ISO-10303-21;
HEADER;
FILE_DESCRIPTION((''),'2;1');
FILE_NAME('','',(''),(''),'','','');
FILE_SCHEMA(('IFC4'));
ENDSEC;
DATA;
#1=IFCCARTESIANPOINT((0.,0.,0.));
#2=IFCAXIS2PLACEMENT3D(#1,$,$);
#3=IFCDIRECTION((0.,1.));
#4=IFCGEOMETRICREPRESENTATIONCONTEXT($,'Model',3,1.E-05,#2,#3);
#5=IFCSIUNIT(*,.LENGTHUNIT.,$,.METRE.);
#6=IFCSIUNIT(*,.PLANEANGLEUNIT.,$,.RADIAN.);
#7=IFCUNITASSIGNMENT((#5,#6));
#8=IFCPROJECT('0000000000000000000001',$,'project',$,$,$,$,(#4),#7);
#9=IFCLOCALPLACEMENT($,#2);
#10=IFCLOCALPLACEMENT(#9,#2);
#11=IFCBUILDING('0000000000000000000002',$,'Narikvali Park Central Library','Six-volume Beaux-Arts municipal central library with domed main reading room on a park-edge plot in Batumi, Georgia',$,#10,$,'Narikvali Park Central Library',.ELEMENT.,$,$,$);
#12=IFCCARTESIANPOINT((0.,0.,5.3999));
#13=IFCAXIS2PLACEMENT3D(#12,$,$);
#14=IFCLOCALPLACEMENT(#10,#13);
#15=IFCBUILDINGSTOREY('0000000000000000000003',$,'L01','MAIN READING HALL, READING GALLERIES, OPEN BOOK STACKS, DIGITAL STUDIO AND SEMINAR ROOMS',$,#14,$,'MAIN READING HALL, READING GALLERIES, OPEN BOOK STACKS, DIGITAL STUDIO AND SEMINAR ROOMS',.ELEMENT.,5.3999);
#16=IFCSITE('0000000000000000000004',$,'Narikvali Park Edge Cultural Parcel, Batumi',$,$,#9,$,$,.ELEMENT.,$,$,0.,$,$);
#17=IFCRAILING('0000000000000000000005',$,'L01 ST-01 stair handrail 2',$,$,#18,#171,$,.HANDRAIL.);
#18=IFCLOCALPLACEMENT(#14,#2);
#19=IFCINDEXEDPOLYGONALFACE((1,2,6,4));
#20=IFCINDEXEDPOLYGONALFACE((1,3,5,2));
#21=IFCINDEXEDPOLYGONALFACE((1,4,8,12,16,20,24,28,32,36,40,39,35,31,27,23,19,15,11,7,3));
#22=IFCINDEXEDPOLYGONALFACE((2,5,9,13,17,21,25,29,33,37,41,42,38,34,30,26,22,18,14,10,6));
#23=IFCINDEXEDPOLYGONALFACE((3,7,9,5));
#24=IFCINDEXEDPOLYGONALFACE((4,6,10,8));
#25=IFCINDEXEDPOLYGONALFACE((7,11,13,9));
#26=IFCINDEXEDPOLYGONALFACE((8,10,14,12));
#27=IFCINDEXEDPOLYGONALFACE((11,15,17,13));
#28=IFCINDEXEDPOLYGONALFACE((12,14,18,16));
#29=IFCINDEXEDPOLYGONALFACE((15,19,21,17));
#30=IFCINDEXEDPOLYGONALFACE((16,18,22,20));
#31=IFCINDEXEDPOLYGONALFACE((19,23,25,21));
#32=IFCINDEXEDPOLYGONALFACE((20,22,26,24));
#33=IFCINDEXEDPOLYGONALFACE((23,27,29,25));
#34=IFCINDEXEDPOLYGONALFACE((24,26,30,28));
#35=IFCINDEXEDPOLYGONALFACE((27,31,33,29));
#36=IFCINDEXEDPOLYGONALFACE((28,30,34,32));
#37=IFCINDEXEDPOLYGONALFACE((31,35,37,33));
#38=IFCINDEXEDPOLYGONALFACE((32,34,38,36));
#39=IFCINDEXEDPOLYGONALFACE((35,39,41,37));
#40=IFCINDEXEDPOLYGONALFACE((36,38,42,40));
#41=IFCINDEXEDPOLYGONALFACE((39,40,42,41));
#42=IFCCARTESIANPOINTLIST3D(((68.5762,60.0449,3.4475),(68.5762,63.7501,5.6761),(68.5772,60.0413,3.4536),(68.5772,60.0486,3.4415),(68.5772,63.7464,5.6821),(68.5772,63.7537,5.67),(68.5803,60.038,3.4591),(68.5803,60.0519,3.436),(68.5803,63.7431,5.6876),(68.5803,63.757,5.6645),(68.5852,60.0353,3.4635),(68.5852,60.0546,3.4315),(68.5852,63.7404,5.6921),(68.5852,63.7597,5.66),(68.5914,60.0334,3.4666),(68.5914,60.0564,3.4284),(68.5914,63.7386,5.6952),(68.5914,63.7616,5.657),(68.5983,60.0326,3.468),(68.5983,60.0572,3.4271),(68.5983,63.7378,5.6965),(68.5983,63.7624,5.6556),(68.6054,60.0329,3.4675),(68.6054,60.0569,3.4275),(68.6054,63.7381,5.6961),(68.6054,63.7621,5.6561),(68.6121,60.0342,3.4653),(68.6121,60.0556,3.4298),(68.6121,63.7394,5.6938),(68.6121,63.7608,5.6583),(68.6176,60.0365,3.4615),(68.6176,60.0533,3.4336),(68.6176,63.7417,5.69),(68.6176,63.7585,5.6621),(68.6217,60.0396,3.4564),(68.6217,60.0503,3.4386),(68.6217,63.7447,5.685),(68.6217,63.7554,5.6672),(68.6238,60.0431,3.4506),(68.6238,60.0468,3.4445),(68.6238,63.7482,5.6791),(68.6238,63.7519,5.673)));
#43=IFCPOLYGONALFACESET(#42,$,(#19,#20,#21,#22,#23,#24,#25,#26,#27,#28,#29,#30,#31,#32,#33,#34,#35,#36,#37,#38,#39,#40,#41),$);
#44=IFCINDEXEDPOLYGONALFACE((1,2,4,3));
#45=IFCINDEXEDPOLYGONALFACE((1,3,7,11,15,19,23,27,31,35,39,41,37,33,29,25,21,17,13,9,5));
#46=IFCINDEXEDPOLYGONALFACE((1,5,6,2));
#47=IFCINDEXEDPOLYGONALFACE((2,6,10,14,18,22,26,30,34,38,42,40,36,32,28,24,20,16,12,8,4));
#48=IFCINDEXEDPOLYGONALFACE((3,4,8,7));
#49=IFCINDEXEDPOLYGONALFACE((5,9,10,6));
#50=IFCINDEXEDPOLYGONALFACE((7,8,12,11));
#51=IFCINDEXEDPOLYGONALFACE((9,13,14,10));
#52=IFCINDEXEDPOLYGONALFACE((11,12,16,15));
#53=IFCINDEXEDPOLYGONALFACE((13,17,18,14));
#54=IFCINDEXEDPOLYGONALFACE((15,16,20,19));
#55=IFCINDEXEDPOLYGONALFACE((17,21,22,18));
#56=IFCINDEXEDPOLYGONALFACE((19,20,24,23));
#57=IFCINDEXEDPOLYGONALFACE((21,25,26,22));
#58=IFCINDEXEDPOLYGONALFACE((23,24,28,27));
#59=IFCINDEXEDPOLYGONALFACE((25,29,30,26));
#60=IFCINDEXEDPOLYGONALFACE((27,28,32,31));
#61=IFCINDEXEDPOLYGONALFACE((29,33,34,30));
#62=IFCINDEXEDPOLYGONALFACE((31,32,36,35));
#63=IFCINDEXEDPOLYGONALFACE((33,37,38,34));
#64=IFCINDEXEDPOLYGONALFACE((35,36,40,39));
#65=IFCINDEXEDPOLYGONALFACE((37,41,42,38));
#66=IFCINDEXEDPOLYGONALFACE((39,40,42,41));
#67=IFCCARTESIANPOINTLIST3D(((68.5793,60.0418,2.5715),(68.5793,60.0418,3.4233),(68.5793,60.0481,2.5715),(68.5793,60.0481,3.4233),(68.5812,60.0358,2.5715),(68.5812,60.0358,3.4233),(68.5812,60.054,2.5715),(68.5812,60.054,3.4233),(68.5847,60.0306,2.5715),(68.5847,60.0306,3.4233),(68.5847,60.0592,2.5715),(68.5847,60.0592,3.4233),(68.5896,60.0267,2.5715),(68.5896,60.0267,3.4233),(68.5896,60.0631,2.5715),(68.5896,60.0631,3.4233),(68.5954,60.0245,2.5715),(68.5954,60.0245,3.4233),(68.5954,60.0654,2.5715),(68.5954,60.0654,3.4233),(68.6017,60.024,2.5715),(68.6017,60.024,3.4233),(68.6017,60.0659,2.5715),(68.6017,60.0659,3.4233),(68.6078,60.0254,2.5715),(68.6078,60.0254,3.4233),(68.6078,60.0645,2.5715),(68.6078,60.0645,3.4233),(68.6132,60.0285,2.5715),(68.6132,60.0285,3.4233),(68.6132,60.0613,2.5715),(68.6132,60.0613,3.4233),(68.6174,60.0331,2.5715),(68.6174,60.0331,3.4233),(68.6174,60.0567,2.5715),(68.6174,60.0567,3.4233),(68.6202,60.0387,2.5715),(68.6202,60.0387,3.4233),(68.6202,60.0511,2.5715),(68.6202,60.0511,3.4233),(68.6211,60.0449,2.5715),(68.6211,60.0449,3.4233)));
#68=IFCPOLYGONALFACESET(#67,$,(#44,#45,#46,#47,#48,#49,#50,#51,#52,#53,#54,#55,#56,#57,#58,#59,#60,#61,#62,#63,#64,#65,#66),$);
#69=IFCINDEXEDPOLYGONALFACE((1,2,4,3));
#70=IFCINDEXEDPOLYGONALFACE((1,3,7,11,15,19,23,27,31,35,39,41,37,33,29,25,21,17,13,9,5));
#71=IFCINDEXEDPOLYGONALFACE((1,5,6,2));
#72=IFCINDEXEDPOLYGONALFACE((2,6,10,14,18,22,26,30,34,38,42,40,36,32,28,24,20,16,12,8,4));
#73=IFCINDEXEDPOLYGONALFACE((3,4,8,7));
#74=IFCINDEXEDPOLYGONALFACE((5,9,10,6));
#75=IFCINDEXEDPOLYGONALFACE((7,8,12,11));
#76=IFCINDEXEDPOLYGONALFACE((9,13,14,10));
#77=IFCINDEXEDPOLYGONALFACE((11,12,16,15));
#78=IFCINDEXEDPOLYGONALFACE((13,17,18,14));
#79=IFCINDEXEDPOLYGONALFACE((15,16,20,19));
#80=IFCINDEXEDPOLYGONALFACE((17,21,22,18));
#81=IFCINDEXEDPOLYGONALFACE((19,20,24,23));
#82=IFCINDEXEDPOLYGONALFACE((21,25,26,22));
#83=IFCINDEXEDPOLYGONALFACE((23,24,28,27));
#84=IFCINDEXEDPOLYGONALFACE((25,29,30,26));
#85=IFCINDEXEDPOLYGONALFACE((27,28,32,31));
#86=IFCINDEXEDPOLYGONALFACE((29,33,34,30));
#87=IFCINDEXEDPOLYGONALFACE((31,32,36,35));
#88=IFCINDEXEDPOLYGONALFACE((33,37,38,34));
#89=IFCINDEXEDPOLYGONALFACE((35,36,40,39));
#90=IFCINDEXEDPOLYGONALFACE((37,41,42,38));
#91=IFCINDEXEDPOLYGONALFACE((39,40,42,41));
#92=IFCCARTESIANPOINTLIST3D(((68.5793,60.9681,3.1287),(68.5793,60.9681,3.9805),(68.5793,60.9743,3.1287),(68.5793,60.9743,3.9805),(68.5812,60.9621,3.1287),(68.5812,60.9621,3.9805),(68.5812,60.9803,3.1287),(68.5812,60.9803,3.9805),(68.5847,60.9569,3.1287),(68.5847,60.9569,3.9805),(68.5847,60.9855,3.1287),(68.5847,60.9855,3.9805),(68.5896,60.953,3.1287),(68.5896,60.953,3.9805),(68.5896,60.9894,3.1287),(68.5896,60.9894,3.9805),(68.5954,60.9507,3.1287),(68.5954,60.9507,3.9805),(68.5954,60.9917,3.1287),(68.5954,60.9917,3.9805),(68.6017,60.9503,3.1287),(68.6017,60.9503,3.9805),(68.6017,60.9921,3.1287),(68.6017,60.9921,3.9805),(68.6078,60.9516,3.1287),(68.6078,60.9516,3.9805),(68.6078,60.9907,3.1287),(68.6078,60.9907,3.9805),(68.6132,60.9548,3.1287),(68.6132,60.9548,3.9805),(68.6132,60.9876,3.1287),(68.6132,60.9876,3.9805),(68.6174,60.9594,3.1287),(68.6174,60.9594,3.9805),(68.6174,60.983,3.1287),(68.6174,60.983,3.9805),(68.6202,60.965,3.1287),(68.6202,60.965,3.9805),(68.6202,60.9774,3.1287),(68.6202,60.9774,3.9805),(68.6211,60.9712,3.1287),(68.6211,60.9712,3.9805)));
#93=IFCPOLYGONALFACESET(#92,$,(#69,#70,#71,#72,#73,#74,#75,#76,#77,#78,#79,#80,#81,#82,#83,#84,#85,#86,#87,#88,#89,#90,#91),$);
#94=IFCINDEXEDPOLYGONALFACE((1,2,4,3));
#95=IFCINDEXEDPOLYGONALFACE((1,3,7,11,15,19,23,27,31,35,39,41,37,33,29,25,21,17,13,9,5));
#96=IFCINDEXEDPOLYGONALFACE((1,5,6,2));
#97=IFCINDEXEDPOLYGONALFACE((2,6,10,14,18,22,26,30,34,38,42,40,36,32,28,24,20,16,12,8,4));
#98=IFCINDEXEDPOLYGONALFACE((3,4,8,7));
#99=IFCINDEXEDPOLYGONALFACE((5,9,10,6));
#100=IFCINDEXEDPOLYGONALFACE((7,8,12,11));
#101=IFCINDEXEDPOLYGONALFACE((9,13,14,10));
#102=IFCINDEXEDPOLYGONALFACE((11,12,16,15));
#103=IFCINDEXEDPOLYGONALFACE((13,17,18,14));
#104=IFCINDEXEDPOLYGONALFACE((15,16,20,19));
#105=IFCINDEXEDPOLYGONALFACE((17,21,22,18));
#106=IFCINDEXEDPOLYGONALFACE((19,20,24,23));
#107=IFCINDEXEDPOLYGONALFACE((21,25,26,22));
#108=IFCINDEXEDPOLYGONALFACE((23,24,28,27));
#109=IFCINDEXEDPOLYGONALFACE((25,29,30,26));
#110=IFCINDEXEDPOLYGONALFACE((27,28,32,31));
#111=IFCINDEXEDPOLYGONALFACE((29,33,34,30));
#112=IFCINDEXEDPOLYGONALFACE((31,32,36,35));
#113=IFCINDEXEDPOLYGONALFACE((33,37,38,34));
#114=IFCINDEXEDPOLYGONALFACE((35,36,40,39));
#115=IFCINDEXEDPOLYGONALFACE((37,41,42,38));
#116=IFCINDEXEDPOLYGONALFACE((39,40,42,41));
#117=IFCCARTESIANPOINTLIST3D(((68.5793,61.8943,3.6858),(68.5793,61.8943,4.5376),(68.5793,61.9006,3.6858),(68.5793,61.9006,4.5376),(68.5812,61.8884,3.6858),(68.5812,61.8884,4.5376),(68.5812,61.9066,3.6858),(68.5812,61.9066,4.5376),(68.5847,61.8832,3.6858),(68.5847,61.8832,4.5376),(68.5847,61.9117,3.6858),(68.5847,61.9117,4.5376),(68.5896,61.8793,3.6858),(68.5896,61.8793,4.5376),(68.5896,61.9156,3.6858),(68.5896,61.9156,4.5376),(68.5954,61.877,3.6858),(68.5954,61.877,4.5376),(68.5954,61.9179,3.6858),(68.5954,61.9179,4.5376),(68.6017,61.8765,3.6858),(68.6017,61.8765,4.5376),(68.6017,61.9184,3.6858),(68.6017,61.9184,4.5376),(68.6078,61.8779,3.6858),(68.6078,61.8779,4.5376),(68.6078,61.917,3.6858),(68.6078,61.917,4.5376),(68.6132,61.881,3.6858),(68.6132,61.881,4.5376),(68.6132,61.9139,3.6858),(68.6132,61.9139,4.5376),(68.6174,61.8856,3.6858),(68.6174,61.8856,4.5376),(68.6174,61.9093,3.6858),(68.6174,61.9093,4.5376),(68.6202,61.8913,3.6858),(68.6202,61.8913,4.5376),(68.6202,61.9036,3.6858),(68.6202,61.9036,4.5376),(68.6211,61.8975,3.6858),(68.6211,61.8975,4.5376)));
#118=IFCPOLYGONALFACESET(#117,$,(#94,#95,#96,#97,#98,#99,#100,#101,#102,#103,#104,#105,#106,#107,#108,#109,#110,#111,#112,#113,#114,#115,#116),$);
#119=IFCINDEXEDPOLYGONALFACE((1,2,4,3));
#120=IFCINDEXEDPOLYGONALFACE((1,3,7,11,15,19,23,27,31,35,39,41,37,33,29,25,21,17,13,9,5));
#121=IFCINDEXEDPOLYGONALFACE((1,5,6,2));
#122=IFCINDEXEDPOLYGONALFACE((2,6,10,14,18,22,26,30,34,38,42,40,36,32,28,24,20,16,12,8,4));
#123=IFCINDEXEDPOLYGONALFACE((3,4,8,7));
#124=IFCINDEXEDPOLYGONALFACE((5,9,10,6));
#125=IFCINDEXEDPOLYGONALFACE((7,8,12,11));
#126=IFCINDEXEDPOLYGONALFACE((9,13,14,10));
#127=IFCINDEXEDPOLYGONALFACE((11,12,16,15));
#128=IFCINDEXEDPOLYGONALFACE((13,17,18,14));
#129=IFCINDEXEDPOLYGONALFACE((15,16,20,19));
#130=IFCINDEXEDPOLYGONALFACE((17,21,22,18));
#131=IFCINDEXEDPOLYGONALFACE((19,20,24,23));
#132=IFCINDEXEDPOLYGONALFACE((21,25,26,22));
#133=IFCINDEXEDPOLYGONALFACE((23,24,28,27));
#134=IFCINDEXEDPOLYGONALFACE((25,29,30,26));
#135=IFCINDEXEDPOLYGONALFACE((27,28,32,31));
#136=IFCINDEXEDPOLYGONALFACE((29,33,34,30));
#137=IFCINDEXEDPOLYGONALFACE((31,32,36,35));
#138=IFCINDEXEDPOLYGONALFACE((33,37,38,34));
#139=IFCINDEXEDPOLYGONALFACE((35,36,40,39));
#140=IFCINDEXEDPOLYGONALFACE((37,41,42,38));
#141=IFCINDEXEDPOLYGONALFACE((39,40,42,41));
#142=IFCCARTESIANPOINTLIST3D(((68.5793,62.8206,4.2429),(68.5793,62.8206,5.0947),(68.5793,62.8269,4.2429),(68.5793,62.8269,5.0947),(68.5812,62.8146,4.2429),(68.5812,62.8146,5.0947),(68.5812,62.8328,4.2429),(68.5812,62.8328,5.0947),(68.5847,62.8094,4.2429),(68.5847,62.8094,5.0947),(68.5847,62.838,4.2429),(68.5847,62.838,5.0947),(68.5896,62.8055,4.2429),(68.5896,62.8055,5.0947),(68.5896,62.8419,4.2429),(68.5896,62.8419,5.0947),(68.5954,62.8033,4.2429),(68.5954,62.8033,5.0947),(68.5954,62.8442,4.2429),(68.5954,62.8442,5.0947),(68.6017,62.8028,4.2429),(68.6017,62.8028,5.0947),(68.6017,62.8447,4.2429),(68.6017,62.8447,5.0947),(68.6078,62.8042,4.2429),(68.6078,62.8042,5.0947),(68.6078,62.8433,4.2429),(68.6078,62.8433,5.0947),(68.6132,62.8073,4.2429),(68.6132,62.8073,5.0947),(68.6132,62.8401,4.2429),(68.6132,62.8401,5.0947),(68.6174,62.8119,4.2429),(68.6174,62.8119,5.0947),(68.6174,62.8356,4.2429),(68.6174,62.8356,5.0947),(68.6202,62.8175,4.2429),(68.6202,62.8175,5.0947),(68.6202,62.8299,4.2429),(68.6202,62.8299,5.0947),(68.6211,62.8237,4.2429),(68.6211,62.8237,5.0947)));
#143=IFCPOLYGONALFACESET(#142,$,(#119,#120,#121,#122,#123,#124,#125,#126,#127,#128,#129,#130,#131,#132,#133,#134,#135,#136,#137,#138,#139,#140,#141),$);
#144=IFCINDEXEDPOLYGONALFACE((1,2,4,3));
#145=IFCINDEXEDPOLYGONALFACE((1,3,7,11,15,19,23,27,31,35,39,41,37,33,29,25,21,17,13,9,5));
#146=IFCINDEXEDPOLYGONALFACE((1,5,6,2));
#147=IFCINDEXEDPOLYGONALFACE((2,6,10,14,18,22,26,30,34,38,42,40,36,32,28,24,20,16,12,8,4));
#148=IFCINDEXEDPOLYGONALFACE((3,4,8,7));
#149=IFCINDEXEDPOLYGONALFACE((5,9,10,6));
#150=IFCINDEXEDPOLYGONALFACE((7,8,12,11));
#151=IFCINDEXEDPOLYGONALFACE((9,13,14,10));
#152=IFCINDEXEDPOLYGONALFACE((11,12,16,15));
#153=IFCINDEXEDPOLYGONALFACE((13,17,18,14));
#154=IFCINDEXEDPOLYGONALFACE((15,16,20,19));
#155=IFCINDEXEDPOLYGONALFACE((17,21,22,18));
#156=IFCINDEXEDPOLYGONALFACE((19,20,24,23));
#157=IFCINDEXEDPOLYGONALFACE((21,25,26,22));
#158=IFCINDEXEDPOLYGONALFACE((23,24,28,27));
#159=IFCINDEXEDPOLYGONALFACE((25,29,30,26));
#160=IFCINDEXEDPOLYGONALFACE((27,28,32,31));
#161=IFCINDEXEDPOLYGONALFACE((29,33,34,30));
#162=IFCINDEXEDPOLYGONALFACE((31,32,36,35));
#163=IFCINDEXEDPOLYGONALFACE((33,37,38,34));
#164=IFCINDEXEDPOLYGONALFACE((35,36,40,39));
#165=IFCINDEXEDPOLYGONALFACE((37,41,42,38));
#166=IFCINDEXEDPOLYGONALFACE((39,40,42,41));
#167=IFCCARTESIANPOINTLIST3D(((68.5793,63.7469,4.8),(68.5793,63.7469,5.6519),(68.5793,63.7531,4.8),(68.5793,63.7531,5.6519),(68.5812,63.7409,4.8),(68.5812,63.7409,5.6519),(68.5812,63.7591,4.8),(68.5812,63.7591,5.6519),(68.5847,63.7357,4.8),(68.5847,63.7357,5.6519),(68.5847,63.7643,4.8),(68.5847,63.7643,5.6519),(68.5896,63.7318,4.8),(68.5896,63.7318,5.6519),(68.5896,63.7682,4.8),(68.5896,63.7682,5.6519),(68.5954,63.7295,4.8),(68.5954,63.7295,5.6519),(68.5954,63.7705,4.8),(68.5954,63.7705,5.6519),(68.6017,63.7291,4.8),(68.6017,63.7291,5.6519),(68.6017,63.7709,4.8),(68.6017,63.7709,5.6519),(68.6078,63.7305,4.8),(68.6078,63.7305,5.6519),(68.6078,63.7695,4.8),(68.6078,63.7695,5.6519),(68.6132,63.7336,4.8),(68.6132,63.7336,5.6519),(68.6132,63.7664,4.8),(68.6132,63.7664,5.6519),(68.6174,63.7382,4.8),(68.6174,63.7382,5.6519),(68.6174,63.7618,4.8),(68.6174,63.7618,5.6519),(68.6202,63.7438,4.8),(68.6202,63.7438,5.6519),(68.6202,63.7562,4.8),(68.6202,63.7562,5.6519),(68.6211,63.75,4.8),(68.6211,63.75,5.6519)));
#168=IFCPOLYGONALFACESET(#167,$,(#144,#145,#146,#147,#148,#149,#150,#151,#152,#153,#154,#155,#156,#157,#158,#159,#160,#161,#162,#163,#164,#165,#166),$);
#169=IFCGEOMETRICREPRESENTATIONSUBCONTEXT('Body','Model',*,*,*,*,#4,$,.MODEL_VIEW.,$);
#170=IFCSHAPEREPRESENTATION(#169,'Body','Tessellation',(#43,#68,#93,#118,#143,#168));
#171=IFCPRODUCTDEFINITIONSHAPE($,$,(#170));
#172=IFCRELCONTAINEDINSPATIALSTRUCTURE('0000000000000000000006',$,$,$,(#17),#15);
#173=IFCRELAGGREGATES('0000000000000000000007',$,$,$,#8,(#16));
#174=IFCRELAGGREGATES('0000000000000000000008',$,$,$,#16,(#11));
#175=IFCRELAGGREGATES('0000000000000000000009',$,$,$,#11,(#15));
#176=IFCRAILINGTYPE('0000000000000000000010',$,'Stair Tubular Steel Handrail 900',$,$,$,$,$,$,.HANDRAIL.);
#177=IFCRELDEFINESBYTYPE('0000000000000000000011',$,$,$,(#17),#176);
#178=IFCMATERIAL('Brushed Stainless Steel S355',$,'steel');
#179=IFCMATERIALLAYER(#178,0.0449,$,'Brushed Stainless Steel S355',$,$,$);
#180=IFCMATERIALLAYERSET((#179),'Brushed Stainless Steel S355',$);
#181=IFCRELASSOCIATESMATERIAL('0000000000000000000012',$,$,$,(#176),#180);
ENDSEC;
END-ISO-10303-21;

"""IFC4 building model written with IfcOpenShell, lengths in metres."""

from ifc_helpers import new_model, si_unit, direction, frame, origin, origin_2d, place, context, subcontext, project, spatial, circle, extrude, material, layer, layer_set, type_object, element, save


model = new_model("IFC4")

# Units and contexts
model_context = context("Model", 3, precision=1e-05, world=origin(), true_north=direction((0.0, 1.0)))
body_context = subcontext(model_context, "Body", "Model", "MODEL_VIEW")
ifc_project = project(units=[si_unit("LENGTHUNIT", "METRE"), si_unit("PLANEANGLEUNIT", "RADIAN")], contexts=[model_context])

# Site, building, storey
site_placement = place(None, origin())
site = spatial("IfcSite", under=ifc_project, at=site_placement, Name="Narikvali Park Edge Cultural Parcel, Batumi", CompositionType="ELEMENT", RefElevation=0.0)
building_placement = place(site_placement, origin())
building = spatial("IfcBuilding", under=site, at=building_placement, Name="Narikvali Park Central Library", Description="Six-volume Beaux-Arts municipal central library with domed main reading room on a park-edge plot in Batumi, Georgia", LongName="Narikvali Park Central Library", CompositionType="ELEMENT")
storey_placement = place(building_placement, frame((0.0, 0.0, 5.3999)))
storey = spatial("IfcBuildingStorey", under=building, at=storey_placement, Name="L01", Description="MAIN READING HALL, READING GALLERIES, OPEN BOOK STACKS, DIGITAL STUDIO AND SEMINAR ROOMS", LongName="MAIN READING HALL, READING GALLERIES, OPEN BOOK STACKS, DIGITAL STUDIO AND SEMINAR ROOMS", CompositionType="ELEMENT", Elevation=5.3999)

# Railing
ifc_material_1 = material(Name="Brushed Stainless Steel S355", Category="steel")
ifc_layer_1 = layer(ifc_material_1, 0.0449, Name="Brushed Stainless Steel S355")
ifc_layer_set_1 = layer_set([ifc_layer_1], Name="Brushed Stainless Steel S355")
railing_type_1 = type_object("IfcRailingType", Name="Stair Tubular Steel Handrail 900", PredefinedType="HANDRAIL", material=ifc_layer_set_1)
railing_1_placement = place(storey_placement, frame((68.6001, 60.0449, 2.5715)))
element("IfcRailing", 1, at=railing_1_placement, inside=storey, type_object=railing_type_1, Name="L01 ST-01 stair handrail 2", PredefinedType="HANDRAIL", context=body_context, shape_type="SweptSolid", body=[
    extrude(circle(Radius=0.0239, at=origin_2d()), frame((0.0, 0.0, 0.876), z_axis=(0.0, 0.856934, 0.515425), x_axis=(-1.0, 0.0, 0.0)), (0.0, 0.0, 1.0), 4.3237),
    extrude(circle(Radius=0.021, at=origin_2d()), origin(), (0.0, 0.0, 1.0), 0.8518),
    extrude(circle(Radius=0.021, at=origin_2d()), frame((0.0, 0.9263, 0.5571)), (0.0, 0.0, 1.0), 0.8518),
    extrude(circle(Radius=0.021, at=origin_2d()), frame((0.0, 1.8525, 1.1143)), (0.0, 0.0, 1.0), 0.8518),
    extrude(circle(Radius=0.021, at=origin_2d()), frame((0.0, 2.7788, 1.6714)), (0.0, 0.0, 1.0), 0.8518),
    extrude(circle(Radius=0.021, at=origin_2d()), frame((0.0, 3.7051, 2.2285)), (0.0, 0.0, 1.0), 0.8518),
])

save(model, "model.ifc")
